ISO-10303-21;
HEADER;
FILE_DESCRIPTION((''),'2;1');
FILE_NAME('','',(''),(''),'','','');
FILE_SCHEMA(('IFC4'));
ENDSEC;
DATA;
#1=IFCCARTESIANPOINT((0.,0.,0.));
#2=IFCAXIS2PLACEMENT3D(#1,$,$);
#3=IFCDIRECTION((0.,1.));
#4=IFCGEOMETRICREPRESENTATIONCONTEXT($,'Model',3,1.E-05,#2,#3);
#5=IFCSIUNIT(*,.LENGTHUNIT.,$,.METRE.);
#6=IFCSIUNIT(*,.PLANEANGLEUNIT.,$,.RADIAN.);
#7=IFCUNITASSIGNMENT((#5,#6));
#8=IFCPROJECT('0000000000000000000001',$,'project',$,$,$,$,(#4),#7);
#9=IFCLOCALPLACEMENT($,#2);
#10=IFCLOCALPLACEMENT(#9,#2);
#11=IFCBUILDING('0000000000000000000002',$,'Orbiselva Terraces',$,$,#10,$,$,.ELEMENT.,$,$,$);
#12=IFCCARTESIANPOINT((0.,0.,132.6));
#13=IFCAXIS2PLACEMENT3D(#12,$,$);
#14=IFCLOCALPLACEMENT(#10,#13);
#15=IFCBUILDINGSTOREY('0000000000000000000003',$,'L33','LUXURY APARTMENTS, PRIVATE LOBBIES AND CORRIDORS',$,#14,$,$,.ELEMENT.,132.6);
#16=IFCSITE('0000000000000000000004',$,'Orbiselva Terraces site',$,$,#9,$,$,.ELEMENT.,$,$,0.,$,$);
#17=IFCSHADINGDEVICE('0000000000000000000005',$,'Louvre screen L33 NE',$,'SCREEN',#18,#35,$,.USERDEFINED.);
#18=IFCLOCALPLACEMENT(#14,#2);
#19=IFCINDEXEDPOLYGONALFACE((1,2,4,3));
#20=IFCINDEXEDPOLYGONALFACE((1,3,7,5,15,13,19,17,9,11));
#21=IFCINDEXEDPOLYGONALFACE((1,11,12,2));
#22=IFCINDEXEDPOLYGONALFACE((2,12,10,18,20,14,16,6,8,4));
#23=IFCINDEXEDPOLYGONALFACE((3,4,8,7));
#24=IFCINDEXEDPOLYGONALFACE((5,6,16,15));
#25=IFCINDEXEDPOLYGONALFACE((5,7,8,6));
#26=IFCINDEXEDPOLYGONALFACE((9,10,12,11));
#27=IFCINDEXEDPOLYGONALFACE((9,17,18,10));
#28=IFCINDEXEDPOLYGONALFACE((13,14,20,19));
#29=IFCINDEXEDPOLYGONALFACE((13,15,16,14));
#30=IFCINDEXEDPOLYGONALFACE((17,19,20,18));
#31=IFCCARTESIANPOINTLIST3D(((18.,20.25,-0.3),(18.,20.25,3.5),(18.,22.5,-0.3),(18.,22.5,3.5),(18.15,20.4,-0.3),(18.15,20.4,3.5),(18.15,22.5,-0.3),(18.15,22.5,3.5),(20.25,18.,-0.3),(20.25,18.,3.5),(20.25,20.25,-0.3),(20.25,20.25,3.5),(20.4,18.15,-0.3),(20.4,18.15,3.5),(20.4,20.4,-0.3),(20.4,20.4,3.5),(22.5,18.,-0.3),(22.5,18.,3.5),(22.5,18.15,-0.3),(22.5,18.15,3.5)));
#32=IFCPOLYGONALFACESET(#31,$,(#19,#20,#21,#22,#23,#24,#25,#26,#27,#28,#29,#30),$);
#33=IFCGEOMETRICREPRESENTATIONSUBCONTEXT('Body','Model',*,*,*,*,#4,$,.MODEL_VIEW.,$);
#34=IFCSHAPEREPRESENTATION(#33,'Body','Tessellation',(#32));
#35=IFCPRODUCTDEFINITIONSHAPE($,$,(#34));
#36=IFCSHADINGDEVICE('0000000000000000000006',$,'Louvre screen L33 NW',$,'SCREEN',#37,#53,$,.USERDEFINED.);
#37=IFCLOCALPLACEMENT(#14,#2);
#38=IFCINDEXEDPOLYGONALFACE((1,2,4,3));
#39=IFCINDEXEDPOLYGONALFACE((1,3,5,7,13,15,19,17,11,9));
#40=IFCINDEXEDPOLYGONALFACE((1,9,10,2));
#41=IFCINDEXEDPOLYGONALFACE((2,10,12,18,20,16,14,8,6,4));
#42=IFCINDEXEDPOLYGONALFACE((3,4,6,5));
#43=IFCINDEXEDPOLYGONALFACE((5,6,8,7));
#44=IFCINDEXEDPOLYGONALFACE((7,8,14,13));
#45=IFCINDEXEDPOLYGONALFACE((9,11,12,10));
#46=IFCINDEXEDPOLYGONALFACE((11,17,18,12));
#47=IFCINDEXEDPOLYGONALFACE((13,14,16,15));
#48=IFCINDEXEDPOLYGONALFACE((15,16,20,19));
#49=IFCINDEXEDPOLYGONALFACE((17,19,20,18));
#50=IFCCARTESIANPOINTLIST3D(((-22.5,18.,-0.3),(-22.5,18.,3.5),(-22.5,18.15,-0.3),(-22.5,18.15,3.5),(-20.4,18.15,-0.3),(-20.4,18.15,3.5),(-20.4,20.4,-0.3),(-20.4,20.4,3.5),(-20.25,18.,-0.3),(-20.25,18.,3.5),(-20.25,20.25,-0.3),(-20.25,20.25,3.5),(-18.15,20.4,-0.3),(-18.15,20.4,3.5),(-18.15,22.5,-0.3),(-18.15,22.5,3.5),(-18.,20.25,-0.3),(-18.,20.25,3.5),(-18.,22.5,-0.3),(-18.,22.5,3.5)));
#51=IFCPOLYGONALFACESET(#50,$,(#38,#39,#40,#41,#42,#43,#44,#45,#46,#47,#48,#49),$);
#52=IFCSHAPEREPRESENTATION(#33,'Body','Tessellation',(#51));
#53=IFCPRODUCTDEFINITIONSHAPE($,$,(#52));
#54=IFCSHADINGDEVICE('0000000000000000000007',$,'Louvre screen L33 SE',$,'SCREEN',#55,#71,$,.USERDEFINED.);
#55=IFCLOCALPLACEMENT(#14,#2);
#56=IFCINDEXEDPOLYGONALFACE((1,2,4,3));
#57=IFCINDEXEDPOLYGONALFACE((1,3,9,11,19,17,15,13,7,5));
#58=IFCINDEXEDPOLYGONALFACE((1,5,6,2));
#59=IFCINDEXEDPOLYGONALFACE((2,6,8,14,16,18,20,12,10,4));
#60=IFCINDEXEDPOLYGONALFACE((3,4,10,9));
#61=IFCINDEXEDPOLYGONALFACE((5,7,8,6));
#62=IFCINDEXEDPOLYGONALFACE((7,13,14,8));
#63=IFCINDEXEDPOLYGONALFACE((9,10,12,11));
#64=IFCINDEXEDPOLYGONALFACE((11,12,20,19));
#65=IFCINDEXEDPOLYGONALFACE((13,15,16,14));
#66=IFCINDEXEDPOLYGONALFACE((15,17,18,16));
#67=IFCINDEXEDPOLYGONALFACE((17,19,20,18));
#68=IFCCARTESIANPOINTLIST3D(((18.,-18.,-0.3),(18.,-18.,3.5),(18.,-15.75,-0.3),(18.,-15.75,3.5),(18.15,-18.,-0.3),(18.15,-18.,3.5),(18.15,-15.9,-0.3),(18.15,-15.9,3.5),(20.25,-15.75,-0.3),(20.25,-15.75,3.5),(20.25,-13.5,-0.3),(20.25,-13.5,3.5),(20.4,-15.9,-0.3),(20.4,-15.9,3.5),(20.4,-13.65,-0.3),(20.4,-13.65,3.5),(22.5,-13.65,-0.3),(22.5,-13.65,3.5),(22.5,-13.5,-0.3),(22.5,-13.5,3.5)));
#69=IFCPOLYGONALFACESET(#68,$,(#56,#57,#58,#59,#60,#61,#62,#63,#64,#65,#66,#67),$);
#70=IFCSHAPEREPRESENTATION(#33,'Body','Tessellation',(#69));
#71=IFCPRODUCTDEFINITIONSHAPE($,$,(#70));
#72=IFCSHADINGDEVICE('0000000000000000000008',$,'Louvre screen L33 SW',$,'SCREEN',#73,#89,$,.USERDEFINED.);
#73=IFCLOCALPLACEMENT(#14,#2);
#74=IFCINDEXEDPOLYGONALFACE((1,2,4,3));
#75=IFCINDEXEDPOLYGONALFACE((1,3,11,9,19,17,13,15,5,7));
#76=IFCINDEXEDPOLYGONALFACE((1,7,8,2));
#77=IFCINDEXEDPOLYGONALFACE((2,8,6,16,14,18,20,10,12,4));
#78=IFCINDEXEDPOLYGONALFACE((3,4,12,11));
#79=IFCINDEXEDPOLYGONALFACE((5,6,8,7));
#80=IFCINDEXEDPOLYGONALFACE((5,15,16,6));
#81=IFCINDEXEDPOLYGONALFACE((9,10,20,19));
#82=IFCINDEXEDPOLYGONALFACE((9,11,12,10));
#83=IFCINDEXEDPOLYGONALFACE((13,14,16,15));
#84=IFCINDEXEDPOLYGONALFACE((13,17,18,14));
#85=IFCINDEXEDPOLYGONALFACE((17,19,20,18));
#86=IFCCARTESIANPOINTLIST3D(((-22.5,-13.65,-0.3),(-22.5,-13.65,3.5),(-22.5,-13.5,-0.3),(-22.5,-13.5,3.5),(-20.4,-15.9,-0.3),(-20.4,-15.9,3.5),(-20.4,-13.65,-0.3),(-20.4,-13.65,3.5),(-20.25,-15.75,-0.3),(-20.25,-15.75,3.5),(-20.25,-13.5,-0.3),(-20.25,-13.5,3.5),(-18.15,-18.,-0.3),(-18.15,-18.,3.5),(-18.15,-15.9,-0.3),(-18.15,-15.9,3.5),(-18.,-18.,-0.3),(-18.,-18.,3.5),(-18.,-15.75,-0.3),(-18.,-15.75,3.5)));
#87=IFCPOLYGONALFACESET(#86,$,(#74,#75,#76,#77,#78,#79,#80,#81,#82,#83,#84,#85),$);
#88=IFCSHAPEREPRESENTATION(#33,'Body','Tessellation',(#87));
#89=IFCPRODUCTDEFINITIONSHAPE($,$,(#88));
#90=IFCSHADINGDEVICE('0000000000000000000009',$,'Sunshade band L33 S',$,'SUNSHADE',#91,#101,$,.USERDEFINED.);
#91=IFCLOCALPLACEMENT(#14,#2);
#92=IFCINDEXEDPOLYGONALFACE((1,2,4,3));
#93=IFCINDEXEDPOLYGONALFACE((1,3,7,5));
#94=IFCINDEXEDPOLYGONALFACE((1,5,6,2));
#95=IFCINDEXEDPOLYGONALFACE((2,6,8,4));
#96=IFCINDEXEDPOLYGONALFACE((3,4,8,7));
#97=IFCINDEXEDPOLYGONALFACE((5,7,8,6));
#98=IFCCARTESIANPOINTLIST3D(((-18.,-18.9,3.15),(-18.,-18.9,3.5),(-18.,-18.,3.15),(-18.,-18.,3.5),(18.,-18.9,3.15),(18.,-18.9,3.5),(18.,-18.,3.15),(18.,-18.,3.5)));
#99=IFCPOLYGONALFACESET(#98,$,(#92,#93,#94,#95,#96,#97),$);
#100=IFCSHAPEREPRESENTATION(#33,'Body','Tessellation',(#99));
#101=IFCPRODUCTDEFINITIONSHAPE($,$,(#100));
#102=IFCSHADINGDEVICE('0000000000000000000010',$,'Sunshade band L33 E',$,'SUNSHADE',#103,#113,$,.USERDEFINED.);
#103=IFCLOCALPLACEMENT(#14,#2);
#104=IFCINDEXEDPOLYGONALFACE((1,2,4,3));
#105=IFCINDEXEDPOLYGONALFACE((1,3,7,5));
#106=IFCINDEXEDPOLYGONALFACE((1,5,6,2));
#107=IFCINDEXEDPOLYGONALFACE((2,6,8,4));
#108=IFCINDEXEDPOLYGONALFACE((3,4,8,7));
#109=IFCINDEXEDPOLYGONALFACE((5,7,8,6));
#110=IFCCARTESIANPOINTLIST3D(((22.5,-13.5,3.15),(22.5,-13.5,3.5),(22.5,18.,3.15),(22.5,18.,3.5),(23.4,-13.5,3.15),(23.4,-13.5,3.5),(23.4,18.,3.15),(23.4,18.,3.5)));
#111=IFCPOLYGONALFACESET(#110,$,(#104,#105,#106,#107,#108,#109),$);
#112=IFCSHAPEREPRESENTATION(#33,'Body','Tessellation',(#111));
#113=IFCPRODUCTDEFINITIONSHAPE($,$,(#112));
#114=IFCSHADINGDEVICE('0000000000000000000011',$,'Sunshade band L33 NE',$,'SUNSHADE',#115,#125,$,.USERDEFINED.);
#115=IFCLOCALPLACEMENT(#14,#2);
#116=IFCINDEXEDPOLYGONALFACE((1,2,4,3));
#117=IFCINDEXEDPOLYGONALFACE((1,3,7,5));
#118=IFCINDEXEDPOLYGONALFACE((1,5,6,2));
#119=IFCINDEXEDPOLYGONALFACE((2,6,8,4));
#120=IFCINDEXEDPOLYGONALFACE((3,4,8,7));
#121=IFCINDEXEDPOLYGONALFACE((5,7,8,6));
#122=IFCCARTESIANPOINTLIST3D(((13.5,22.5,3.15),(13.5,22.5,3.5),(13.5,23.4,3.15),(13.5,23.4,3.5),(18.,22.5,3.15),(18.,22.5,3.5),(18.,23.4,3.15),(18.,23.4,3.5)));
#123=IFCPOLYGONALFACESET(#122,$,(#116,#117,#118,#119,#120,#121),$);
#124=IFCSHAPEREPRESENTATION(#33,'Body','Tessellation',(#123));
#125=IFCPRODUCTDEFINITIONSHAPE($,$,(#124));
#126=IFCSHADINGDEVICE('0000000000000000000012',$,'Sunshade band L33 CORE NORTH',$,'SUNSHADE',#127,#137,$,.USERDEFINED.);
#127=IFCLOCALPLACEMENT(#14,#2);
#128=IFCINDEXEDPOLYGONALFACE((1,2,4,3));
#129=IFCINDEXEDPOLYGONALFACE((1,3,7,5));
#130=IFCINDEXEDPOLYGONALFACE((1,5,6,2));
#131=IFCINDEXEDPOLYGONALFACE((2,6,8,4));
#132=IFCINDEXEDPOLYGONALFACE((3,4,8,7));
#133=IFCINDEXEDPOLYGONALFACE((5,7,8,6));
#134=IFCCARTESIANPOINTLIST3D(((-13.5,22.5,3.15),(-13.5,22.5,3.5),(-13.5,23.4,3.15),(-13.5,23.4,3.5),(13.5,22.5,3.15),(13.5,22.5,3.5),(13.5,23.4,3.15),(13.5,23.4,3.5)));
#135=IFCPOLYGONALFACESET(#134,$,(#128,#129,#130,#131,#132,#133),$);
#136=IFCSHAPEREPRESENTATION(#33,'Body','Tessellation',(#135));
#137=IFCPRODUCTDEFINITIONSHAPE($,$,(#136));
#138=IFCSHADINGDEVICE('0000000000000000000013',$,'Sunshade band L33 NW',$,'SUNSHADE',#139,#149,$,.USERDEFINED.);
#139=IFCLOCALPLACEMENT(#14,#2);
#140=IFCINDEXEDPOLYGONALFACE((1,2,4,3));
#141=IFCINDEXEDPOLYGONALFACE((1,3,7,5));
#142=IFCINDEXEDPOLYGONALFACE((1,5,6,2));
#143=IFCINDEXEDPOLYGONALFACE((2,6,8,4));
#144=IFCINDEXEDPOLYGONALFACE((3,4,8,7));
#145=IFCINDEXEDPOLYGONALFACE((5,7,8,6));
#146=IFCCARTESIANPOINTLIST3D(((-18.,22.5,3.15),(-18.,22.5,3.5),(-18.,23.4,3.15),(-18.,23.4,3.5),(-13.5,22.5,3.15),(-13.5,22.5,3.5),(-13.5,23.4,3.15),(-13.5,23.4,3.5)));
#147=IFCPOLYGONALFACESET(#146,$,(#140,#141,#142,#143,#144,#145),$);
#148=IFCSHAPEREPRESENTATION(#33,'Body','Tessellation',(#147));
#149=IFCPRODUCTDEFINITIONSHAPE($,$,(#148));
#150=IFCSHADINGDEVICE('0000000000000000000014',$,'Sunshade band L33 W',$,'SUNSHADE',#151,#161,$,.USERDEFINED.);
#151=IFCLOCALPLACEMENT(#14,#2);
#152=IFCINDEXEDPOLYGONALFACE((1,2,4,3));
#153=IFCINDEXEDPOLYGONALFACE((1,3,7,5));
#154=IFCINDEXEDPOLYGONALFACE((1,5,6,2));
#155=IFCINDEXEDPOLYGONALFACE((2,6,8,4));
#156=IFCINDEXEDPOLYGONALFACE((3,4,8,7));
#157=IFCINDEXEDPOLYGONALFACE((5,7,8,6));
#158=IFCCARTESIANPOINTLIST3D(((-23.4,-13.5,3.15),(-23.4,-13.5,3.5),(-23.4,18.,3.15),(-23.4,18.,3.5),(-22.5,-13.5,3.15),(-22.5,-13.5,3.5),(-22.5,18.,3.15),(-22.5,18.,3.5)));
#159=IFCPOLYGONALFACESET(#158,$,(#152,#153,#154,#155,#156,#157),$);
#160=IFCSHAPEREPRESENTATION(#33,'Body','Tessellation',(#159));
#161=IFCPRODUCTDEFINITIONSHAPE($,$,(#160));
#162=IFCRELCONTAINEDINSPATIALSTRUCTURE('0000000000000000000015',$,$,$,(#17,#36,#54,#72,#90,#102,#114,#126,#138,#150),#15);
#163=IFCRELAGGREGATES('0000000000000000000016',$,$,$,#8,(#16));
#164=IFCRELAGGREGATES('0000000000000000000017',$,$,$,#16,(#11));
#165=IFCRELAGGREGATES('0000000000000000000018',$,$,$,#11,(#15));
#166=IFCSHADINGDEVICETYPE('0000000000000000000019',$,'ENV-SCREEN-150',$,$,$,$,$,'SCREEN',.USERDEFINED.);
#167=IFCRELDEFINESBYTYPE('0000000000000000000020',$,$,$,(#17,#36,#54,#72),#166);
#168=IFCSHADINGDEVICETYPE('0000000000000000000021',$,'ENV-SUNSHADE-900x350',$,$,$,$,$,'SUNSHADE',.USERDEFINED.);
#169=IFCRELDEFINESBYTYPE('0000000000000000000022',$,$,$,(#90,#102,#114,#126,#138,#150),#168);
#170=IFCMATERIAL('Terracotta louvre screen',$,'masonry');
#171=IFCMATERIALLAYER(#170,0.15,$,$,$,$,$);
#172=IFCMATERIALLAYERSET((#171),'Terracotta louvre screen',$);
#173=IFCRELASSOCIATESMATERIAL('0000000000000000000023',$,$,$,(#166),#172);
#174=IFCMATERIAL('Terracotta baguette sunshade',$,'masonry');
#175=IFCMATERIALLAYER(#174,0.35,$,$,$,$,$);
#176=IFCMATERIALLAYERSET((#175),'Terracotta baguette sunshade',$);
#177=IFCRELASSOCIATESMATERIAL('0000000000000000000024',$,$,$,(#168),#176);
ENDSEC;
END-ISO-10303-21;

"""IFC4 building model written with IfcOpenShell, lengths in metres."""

from ifc_helpers import new_model, si_unit, direction, frame, origin, place, context, subcontext, project, spatial, polyline, outline, extrude, material, layer, layer_set, type_object, element, save


model = new_model("IFC4")

# Units and contexts
model_context = context("Model", 3, precision=1e-05, world=origin(), true_north=direction((0.0, 1.0)))
body_context = subcontext(model_context, "Body", "Model", "MODEL_VIEW")
ifc_project = project(units=[si_unit("LENGTHUNIT", "METRE"), si_unit("PLANEANGLEUNIT", "RADIAN")], contexts=[model_context])

# Site, building, storey
site_placement = place(None, origin())
site = spatial("IfcSite", under=ifc_project, at=site_placement, Name="Orbiselva Terraces site", CompositionType="ELEMENT", RefElevation=0.0)
building_placement = place(site_placement, origin())
building = spatial("IfcBuilding", under=site, at=building_placement, Name="Orbiselva Terraces", CompositionType="ELEMENT")
storey_placement = place(building_placement, frame((0.0, 0.0, 132.6)))
storey = spatial("IfcBuildingStorey", under=building, at=storey_placement, Name="L33", Description="LUXURY APARTMENTS, PRIVATE LOBBIES AND CORRIDORS", CompositionType="ELEMENT", Elevation=132.6)

# Shading devices
ifc_material_1 = material(Name="Terracotta louvre screen", Category="masonry")
ifc_layer_1 = layer(ifc_material_1, 0.15)
ifc_layer_set_1 = layer_set([ifc_layer_1], Name="Terracotta louvre screen")
shading_device_type_1 = type_object("IfcShadingDeviceType", Name="ENV-SCREEN-150", ElementType="SCREEN", PredefinedType="USERDEFINED", material=ifc_layer_set_1)
shading_device_1_placement = place(storey_placement, frame((0.0, 0.0, -0.3)))
element("IfcShadingDevice", 1, at=shading_device_1_placement, inside=storey, type_object=shading_device_type_1, Name="Louvre screen L33 NE", ObjectType="SCREEN", PredefinedType="USERDEFINED", context=body_context, shape_type="SweptSolid", body=[
    extrude(outline(polyline([(22.5, 18.15), (20.4, 18.15), (20.4, 20.4), (18.15, 20.4), (18.15, 22.5), (18.0, 22.5), (18.0, 20.25), (20.25, 20.25), (20.25, 18.0), (22.5, 18.0), (22.5, 18.15)])), origin(), (0.0, 0.0, 1.0), 3.8),
])
shading_device_2_placement = place(storey_placement, frame((0.0, 0.0, -0.3)))
element("IfcShadingDevice", 2, at=shading_device_2_placement, inside=storey, type_object=shading_device_type_1, Name="Louvre screen L33 NW", ObjectType="SCREEN", PredefinedType="USERDEFINED", context=body_context, shape_type="SweptSolid", body=[
    extrude(outline(polyline([(-18.15, 22.5), (-18.15, 20.4), (-20.4, 20.4), (-20.4, 18.15), (-22.5, 18.15), (-22.5, 18.0), (-20.25, 18.0), (-20.25, 20.25), (-18.0, 20.25), (-18.0, 22.5), (-18.15, 22.5)])), origin(), (0.0, 0.0, 1.0), 3.8),
])
shading_device_3_placement = place(storey_placement, frame((0.0, 0.0, -0.3)))
element("IfcShadingDevice", 3, at=shading_device_3_placement, inside=storey, type_object=shading_device_type_1, Name="Louvre screen L33 SE", ObjectType="SCREEN", PredefinedType="USERDEFINED", context=body_context, shape_type="SweptSolid", body=[
    extrude(outline(polyline([(18.15, -18.0), (18.15, -15.9), (20.4, -15.9), (20.4, -13.65), (22.5, -13.65), (22.5, -13.5), (20.25, -13.5), (20.25, -15.75), (18.0, -15.75), (18.0, -18.0), (18.15, -18.0)])), origin(), (0.0, 0.0, 1.0), 3.8),
])
shading_device_4_placement = place(storey_placement, frame((0.0, 0.0, -0.3)))
element("IfcShadingDevice", 4, at=shading_device_4_placement, inside=storey, type_object=shading_device_type_1, Name="Louvre screen L33 SW", ObjectType="SCREEN", PredefinedType="USERDEFINED", context=body_context, shape_type="SweptSolid", body=[
    extrude(outline(polyline([(-22.5, -13.65), (-20.4, -13.65), (-20.4, -15.9), (-18.15, -15.9), (-18.15, -18.0), (-18.0, -18.0), (-18.0, -15.75), (-20.25, -15.75), (-20.25, -13.5), (-22.5, -13.5), (-22.5, -13.65)])), origin(), (0.0, 0.0, 1.0), 3.8),
])
ifc_material_2 = material(Name="Terracotta baguette sunshade", Category="masonry")
ifc_layer_2 = layer(ifc_material_2, 0.35)
ifc_layer_set_2 = layer_set([ifc_layer_2], Name="Terracotta baguette sunshade")
shading_device_type_2 = type_object("IfcShadingDeviceType", Name="ENV-SUNSHADE-900x350", ElementType="SUNSHADE", PredefinedType="USERDEFINED", material=ifc_layer_set_2)
shading_device_5_placement = place(storey_placement, frame((0.0, 0.0, 3.15)))
element("IfcShadingDevice", 5, at=shading_device_5_placement, inside=storey, type_object=shading_device_type_2, Name="Sunshade band L33 S", ObjectType="SUNSHADE", PredefinedType="USERDEFINED", context=body_context, shape_type="SweptSolid", body=[
    extrude(outline(polyline([(-18.0, -18.9), (18.0, -18.9), (18.0, -18.0), (-18.0, -18.0), (-18.0, -18.9)])), origin(), (0.0, 0.0, 1.0), 0.35),
])
shading_device_6_placement = place(storey_placement, frame((0.0, 0.0, 3.15)))
element("IfcShadingDevice", 6, at=shading_device_6_placement, inside=storey, type_object=shading_device_type_2, Name="Sunshade band L33 E", ObjectType="SUNSHADE", PredefinedType="USERDEFINED", context=body_context, shape_type="SweptSolid", body=[
    extrude(outline(polyline([(23.4, -13.5), (23.4, 18.0), (22.5, 18.0), (22.5, -13.5), (23.4, -13.5)])), origin(), (0.0, 0.0, 1.0), 0.35),
])
shading_device_7_placement = place(storey_placement, frame((0.0, 0.0, 3.15)))
element("IfcShadingDevice", 7, at=shading_device_7_placement, inside=storey, type_object=shading_device_type_2, Name="Sunshade band L33 NE", ObjectType="SUNSHADE", PredefinedType="USERDEFINED", context=body_context, shape_type="SweptSolid", body=[
    extrude(outline(polyline([(18.0, 23.4), (13.5, 23.4), (13.5, 22.5), (18.0, 22.5), (18.0, 23.4)])), origin(), (0.0, 0.0, 1.0), 0.35),
])
shading_device_8_placement = place(storey_placement, frame((0.0, 0.0, 3.15)))
element("IfcShadingDevice", 8, at=shading_device_8_placement, inside=storey, type_object=shading_device_type_2, Name="Sunshade band L33 CORE NORTH", ObjectType="SUNSHADE", PredefinedType="USERDEFINED", context=body_context, shape_type="SweptSolid", body=[
    extrude(outline(polyline([(13.5, 23.4), (-13.5, 23.4), (-13.5, 22.5), (13.5, 22.5), (13.5, 23.4)])), origin(), (0.0, 0.0, 1.0), 0.35),
])
shading_device_9_placement = place(storey_placement, frame((0.0, 0.0, 3.15)))
element("IfcShadingDevice", 9, at=shading_device_9_placement, inside=storey, type_object=shading_device_type_2, Name="Sunshade band L33 NW", ObjectType="SUNSHADE", PredefinedType="USERDEFINED", context=body_context, shape_type="SweptSolid", body=[
    extrude(outline(polyline([(-13.5, 23.4), (-18.0, 23.4), (-18.0, 22.5), (-13.5, 22.5), (-13.5, 23.4)])), origin(), (0.0, 0.0, 1.0), 0.35),
])
shading_device_10_placement = place(storey_placement, frame((0.0, 0.0, 3.15)))
element("IfcShadingDevice", 10, at=shading_device_10_placement, inside=storey, type_object=shading_device_type_2, Name="Sunshade band L33 W", ObjectType="SUNSHADE", PredefinedType="USERDEFINED", context=body_context, shape_type="SweptSolid", body=[
    extrude(outline(polyline([(-23.4, 18.0), (-23.4, -13.5), (-22.5, -13.5), (-22.5, 18.0), (-23.4, 18.0)])), origin(), (0.0, 0.0, 1.0), 0.35),
])

save(model, "model.ifc")
